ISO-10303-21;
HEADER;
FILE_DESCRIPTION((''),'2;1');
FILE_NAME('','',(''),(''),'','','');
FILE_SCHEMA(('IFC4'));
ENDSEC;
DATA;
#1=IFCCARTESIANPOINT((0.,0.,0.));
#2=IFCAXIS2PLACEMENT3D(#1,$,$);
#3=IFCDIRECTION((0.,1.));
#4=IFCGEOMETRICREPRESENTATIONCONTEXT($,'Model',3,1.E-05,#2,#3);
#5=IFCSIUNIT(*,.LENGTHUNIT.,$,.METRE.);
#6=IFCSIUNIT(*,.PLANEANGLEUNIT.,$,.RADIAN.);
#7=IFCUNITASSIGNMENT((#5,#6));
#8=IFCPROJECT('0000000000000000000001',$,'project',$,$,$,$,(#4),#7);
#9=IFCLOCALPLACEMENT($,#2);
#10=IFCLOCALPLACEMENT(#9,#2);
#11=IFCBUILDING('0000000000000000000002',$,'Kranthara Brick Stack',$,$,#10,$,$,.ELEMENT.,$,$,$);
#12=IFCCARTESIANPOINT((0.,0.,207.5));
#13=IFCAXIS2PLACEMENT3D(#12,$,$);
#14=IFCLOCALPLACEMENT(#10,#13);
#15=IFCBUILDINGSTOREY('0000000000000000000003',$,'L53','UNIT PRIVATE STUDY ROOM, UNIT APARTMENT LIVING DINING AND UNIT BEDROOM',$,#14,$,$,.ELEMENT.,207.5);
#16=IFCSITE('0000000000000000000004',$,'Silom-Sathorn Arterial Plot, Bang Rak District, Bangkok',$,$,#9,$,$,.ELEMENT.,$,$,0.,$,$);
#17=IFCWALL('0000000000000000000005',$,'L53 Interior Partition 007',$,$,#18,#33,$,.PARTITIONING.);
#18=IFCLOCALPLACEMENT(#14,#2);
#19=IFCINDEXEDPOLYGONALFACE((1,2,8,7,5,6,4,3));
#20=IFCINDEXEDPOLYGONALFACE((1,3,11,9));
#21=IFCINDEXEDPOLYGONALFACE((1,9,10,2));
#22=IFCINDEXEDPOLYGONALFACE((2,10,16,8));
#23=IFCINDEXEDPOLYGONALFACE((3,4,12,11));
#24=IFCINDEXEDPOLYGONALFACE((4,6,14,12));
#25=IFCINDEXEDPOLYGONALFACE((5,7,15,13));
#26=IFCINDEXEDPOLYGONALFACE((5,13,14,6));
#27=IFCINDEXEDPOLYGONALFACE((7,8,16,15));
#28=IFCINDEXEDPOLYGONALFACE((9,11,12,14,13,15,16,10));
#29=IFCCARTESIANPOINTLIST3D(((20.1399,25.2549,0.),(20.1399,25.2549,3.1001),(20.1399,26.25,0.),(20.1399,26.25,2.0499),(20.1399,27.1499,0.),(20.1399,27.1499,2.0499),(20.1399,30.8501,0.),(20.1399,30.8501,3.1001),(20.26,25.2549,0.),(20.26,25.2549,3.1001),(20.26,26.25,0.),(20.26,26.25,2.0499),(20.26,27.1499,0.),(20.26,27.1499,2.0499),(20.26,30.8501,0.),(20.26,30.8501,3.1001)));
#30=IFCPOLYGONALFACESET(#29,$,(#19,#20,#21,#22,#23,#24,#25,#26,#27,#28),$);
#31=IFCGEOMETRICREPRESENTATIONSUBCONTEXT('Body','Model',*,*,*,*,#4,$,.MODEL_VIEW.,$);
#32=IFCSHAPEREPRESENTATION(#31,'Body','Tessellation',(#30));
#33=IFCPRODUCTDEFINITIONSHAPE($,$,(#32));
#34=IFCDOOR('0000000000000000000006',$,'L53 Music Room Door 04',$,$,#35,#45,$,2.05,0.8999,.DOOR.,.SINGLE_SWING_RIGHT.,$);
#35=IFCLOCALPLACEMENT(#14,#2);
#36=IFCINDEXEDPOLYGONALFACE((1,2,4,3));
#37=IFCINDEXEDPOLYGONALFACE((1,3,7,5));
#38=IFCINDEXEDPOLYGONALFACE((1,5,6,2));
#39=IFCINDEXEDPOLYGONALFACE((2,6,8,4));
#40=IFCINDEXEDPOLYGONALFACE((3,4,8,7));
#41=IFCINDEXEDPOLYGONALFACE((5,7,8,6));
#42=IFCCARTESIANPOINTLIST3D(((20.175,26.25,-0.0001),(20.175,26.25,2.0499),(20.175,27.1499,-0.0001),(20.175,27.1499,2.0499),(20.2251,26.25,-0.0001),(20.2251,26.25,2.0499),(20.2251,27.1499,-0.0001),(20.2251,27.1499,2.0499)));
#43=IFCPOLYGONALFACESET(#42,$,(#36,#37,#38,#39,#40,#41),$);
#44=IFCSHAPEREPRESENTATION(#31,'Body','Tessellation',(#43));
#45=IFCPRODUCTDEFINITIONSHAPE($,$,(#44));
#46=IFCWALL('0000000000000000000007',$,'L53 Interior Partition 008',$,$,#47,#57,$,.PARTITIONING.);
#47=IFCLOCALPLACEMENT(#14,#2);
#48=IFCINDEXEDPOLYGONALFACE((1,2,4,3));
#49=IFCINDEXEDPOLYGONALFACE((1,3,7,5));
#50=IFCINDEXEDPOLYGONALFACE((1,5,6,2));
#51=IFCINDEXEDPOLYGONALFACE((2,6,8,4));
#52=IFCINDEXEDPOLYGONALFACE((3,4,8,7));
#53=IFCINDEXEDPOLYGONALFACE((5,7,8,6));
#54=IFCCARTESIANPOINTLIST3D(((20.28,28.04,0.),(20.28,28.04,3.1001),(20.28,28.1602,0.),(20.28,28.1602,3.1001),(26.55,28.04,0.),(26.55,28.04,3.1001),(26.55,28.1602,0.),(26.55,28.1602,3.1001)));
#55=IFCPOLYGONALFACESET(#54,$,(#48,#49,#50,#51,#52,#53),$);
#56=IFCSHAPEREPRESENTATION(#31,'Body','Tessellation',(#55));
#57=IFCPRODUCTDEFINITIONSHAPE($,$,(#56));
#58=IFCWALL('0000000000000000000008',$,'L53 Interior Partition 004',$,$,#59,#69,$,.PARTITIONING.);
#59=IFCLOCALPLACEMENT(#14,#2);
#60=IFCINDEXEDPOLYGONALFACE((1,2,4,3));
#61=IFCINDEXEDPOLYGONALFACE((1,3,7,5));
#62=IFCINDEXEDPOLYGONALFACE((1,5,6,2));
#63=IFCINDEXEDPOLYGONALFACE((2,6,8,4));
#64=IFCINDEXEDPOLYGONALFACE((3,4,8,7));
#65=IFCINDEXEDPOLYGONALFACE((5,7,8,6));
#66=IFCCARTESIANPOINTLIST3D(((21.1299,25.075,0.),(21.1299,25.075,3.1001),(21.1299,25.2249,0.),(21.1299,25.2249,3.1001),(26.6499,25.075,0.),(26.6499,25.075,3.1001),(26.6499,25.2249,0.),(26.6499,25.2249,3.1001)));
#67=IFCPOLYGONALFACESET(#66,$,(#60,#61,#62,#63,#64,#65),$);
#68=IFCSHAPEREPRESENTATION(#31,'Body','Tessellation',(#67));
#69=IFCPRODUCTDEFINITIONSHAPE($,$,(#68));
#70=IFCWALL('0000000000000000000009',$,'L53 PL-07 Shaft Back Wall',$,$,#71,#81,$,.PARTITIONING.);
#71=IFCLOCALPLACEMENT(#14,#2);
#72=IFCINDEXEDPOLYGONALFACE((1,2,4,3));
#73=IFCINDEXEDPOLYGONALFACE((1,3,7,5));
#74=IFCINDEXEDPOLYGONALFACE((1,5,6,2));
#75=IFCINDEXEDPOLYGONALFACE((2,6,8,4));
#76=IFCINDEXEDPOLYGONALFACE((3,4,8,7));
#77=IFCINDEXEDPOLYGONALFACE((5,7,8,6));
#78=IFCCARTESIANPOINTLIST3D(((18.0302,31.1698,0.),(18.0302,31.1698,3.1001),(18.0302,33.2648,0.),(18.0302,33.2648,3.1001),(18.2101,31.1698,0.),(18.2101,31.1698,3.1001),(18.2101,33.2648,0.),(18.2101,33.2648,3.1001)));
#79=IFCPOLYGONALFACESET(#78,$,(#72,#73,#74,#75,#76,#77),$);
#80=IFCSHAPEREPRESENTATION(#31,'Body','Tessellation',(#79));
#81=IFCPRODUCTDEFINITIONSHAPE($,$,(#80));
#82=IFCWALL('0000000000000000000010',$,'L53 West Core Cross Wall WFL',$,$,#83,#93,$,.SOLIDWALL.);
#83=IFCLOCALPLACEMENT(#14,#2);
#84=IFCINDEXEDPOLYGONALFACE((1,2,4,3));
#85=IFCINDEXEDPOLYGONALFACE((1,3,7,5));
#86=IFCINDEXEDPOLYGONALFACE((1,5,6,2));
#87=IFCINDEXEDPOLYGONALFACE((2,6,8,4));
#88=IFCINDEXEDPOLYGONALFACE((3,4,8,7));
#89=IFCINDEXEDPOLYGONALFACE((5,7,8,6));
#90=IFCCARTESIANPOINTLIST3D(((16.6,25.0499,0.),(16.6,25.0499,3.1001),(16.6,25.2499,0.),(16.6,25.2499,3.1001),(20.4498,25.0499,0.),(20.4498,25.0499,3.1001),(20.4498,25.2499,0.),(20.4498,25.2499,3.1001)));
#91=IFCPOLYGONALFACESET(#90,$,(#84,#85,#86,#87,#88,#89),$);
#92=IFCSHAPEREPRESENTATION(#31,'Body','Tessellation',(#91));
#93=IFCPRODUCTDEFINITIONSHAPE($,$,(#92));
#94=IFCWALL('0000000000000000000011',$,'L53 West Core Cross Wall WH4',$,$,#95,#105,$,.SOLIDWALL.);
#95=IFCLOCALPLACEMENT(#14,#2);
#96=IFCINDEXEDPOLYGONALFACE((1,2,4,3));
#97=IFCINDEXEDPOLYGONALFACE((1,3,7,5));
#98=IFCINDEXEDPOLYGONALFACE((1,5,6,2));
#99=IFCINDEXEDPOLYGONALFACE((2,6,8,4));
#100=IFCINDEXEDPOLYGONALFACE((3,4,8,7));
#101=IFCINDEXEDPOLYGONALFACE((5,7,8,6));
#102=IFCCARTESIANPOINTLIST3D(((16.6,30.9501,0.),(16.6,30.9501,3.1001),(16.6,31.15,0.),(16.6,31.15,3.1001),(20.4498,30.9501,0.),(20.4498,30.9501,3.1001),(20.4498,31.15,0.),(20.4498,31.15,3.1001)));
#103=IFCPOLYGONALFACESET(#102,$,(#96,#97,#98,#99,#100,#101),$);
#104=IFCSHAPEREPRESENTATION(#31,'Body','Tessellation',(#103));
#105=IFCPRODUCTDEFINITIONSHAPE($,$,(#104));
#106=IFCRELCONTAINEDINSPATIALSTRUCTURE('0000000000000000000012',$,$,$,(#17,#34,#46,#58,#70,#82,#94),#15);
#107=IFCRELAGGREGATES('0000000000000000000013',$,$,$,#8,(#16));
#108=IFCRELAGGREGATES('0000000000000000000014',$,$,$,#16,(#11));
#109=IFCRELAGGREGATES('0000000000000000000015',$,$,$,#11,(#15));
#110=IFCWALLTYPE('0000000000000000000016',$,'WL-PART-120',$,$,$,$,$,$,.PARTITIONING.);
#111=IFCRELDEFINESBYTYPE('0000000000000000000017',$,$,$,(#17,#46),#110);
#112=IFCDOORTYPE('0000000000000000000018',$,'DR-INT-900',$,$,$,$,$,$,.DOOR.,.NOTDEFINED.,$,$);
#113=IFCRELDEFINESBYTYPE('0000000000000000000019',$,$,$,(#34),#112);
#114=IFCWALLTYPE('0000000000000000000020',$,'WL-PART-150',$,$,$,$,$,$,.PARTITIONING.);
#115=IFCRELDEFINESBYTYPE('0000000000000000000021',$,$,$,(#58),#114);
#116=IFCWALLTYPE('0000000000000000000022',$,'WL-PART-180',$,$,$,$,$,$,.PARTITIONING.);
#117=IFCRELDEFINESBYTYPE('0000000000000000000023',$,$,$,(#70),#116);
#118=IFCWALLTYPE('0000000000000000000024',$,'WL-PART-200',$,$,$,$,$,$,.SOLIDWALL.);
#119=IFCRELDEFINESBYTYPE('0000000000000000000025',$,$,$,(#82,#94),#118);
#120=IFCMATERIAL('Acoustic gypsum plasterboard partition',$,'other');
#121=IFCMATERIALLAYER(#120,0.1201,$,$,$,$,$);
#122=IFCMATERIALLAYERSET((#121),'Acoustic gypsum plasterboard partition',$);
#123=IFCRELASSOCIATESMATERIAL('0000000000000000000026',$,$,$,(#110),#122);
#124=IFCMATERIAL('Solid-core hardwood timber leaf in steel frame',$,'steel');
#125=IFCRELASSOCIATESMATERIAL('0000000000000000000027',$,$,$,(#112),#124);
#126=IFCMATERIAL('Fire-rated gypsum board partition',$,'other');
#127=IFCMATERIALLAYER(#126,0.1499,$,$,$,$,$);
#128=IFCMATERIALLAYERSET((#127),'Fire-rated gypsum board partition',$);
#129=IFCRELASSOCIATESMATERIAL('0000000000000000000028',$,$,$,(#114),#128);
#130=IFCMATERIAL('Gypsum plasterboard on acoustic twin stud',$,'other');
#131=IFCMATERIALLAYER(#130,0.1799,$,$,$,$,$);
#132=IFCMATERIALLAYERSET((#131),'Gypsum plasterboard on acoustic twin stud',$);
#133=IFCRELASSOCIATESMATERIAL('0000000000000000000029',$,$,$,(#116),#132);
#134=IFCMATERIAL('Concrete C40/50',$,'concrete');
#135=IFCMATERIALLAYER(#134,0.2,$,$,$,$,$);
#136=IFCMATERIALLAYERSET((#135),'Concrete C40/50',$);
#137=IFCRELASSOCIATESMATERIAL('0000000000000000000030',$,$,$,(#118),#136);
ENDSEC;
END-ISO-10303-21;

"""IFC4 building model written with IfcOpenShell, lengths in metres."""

from ifc_helpers import new_model, si_unit, direction, frame, frame_2d, origin, place, context, subcontext, project, spatial, rectangle, extrude, material, layer, layer_set, type_object, element, fill, save


model = new_model("IFC4")

# Units and contexts
model_context = context("Model", 3, precision=1e-05, world=origin(), true_north=direction((0.0, 1.0)))
body_context = subcontext(model_context, "Body", "Model", "MODEL_VIEW")
ifc_project = project(units=[si_unit("LENGTHUNIT", "METRE"), si_unit("PLANEANGLEUNIT", "RADIAN")], contexts=[model_context])

# Site, building, storey
site_placement = place(None, origin())
site = spatial("IfcSite", under=ifc_project, at=site_placement, Name="Silom-Sathorn Arterial Plot, Bang Rak District, Bangkok", CompositionType="ELEMENT", RefElevation=0.0)
building_placement = place(site_placement, origin())
building = spatial("IfcBuilding", under=site, at=building_placement, Name="Kranthara Brick Stack", CompositionType="ELEMENT")
storey_placement = place(building_placement, frame((0.0, 0.0, 207.5)))
storey = spatial("IfcBuildingStorey", under=building, at=storey_placement, Name="L53", Description="UNIT PRIVATE STUDY ROOM, UNIT APARTMENT LIVING DINING AND UNIT BEDROOM", CompositionType="ELEMENT", Elevation=207.5)

# Wall, opening, door
ifc_material_1 = material(Name="Acoustic gypsum plasterboard partition", Category="other")
ifc_layer_1 = layer(ifc_material_1, 0.1201)
ifc_layer_set_1 = layer_set([ifc_layer_1], Name="Acoustic gypsum plasterboard partition")
wall_type_1 = type_object("IfcWallType", Name="WL-PART-120", PredefinedType="PARTITIONING", material=ifc_layer_set_1)
wall_1_placement = place(storey_placement, frame((20.2, 25.2549, 0.0), z_axis=(0.0, 0.0, 1.0), x_axis=(0.0, 1.0, 0.0)))
wall_1 = element("IfcWall", 1, at=wall_1_placement, inside=storey, type_object=wall_type_1, Name="L53 Interior Partition 007", PredefinedType="PARTITIONING", context=body_context, shape_type="SweptSolid", body=[
    extrude(rectangle(XDim=5.5952, YDim=0.1201, at=frame_2d((2.7976, 0.0))), origin(), (0.0, 0.0, 1.0), 3.1001),
])
opening_1_placement = place(wall_1_placement, frame((0.9951, 0.0, 0.0)))
opening_1 = element("IfcOpeningElement", 2, at=opening_1_placement, cuts=wall_1, PredefinedType="OPENING", context=body_context, shape_type="SweptSolid", body=[
    extrude(rectangle(XDim=0.8999, YDim=2.05, at=frame_2d((0.45, 1.0249))), frame((0.0, 0.0701, 0.0), z_axis=(0.0, -1.0, 0.0), x_axis=(1.0, 0.0, 0.0)), (0.0, 0.0, 1.0), 0.1401),
])
ifc_material_2 = material(Name="Solid-core hardwood timber leaf in steel frame", Category="steel")
door_type_1 = type_object("IfcDoorType", Name="DR-INT-900", OperationType="NOTDEFINED", PredefinedType="DOOR", material=ifc_material_2)
door_1_placement = place(opening_1_placement, origin())
door_1 = element("IfcDoor", 3, at=door_1_placement, inside=storey, type_object=door_type_1, Name="L53 Music Room Door 04", OperationType="SINGLE_SWING_RIGHT", OverallHeight=2.05, OverallWidth=0.8999, PredefinedType="DOOR", context=body_context, shape_type="SweptSolid", body=[
    extrude(rectangle(XDim=0.8999, YDim=2.05, at=frame_2d((0.45, 1.0249))), frame((0.0, 0.0249, 0.0), z_axis=(0.0, -1.0, 0.0), x_axis=(1.0, 0.0, 0.0)), (0.0, 0.0, 1.0), 0.05),
])
fill(opening_1, door_1)

# Walls
wall_2_placement = place(storey_placement, frame((20.28, 28.1001, 0.0), z_axis=(0.0, 0.0, 1.0), x_axis=(1.0, 0.0, 0.0)))
element("IfcWall", 4, at=wall_2_placement, inside=storey, type_object=wall_type_1, Name="L53 Interior Partition 008", PredefinedType="PARTITIONING", context=body_context, shape_type="SweptSolid", body=[
    extrude(rectangle(XDim=6.27, YDim=0.1201, at=frame_2d((3.135, 0.0))), origin(), (0.0, 0.0, 1.0), 3.1001),
])
ifc_material_3 = material(Name="Fire-rated gypsum board partition", Category="other")
ifc_layer_2 = layer(ifc_material_3, 0.1499)
ifc_layer_set_2 = layer_set([ifc_layer_2], Name="Fire-rated gypsum board partition")
wall_type_2 = type_object("IfcWallType", Name="WL-PART-150", PredefinedType="PARTITIONING", material=ifc_layer_set_2)
wall_3_placement = place(storey_placement, frame((21.1299, 25.1499, 0.0), z_axis=(0.0, 0.0, 1.0), x_axis=(1.0, 0.0, 0.0)))
element("IfcWall", 5, at=wall_3_placement, inside=storey, type_object=wall_type_2, Name="L53 Interior Partition 004", PredefinedType="PARTITIONING", context=body_context, shape_type="SweptSolid", body=[
    extrude(rectangle(XDim=5.52, YDim=0.1499, at=frame_2d((2.76, 0.0))), origin(), (0.0, 0.0, 1.0), 3.1001),
])
ifc_material_4 = material(Name="Gypsum plasterboard on acoustic twin stud", Category="other")
ifc_layer_3 = layer(ifc_material_4, 0.1799)
ifc_layer_set_3 = layer_set([ifc_layer_3], Name="Gypsum plasterboard on acoustic twin stud")
wall_type_3 = type_object("IfcWallType", Name="WL-PART-180", PredefinedType="PARTITIONING", material=ifc_layer_set_3)
wall_4_placement = place(storey_placement, frame((18.1201, 31.1699, 0.0), z_axis=(0.0, 0.0, 1.0), x_axis=(0.0, 1.0, 0.0)))
element("IfcWall", 6, at=wall_4_placement, inside=storey, type_object=wall_type_3, Name="L53 PL-07 Shaft Back Wall", PredefinedType="PARTITIONING", context=body_context, shape_type="SweptSolid", body=[
    extrude(rectangle(XDim=2.095, YDim=0.1799, at=frame_2d((1.0474, 0.0))), origin(), (0.0, 0.0, 1.0), 3.1001),
])
ifc_material_5 = material(Name="Concrete C40/50", Category="concrete")
ifc_layer_4 = layer(ifc_material_5, 0.2)
ifc_layer_set_4 = layer_set([ifc_layer_4], Name="Concrete C40/50")
wall_type_4 = type_object("IfcWallType", Name="WL-PART-200", PredefinedType="SOLIDWALL", material=ifc_layer_set_4)
for number, where, z_axis, x_axis, name in (
    (7, (16.6001, 25.1499, 0.0), (0.0, 0.0, 1.0), (1.0, 0.0, 0.0), "L53 West Core Cross Wall WFL"),
    (8, (16.6001, 31.05, 0.0), (0.0, 0.0, 1.0), (1.0, 0.0, 0.0), "L53 West Core Cross Wall WH4"),
):
    element("IfcWall", number, at=place(storey_placement, frame(where, z_axis=z_axis, x_axis=x_axis)), inside=storey, type_object=wall_type_4, Name=name, PredefinedType="SOLIDWALL", context=body_context, shape_type="SweptSolid", body=[
        extrude(rectangle(XDim=3.8499, YDim=0.2, at=frame_2d((1.9248, 0.0))), origin(), (0.0, 0.0, 1.0), 3.1001),
    ])

save(model, "model.ifc")
